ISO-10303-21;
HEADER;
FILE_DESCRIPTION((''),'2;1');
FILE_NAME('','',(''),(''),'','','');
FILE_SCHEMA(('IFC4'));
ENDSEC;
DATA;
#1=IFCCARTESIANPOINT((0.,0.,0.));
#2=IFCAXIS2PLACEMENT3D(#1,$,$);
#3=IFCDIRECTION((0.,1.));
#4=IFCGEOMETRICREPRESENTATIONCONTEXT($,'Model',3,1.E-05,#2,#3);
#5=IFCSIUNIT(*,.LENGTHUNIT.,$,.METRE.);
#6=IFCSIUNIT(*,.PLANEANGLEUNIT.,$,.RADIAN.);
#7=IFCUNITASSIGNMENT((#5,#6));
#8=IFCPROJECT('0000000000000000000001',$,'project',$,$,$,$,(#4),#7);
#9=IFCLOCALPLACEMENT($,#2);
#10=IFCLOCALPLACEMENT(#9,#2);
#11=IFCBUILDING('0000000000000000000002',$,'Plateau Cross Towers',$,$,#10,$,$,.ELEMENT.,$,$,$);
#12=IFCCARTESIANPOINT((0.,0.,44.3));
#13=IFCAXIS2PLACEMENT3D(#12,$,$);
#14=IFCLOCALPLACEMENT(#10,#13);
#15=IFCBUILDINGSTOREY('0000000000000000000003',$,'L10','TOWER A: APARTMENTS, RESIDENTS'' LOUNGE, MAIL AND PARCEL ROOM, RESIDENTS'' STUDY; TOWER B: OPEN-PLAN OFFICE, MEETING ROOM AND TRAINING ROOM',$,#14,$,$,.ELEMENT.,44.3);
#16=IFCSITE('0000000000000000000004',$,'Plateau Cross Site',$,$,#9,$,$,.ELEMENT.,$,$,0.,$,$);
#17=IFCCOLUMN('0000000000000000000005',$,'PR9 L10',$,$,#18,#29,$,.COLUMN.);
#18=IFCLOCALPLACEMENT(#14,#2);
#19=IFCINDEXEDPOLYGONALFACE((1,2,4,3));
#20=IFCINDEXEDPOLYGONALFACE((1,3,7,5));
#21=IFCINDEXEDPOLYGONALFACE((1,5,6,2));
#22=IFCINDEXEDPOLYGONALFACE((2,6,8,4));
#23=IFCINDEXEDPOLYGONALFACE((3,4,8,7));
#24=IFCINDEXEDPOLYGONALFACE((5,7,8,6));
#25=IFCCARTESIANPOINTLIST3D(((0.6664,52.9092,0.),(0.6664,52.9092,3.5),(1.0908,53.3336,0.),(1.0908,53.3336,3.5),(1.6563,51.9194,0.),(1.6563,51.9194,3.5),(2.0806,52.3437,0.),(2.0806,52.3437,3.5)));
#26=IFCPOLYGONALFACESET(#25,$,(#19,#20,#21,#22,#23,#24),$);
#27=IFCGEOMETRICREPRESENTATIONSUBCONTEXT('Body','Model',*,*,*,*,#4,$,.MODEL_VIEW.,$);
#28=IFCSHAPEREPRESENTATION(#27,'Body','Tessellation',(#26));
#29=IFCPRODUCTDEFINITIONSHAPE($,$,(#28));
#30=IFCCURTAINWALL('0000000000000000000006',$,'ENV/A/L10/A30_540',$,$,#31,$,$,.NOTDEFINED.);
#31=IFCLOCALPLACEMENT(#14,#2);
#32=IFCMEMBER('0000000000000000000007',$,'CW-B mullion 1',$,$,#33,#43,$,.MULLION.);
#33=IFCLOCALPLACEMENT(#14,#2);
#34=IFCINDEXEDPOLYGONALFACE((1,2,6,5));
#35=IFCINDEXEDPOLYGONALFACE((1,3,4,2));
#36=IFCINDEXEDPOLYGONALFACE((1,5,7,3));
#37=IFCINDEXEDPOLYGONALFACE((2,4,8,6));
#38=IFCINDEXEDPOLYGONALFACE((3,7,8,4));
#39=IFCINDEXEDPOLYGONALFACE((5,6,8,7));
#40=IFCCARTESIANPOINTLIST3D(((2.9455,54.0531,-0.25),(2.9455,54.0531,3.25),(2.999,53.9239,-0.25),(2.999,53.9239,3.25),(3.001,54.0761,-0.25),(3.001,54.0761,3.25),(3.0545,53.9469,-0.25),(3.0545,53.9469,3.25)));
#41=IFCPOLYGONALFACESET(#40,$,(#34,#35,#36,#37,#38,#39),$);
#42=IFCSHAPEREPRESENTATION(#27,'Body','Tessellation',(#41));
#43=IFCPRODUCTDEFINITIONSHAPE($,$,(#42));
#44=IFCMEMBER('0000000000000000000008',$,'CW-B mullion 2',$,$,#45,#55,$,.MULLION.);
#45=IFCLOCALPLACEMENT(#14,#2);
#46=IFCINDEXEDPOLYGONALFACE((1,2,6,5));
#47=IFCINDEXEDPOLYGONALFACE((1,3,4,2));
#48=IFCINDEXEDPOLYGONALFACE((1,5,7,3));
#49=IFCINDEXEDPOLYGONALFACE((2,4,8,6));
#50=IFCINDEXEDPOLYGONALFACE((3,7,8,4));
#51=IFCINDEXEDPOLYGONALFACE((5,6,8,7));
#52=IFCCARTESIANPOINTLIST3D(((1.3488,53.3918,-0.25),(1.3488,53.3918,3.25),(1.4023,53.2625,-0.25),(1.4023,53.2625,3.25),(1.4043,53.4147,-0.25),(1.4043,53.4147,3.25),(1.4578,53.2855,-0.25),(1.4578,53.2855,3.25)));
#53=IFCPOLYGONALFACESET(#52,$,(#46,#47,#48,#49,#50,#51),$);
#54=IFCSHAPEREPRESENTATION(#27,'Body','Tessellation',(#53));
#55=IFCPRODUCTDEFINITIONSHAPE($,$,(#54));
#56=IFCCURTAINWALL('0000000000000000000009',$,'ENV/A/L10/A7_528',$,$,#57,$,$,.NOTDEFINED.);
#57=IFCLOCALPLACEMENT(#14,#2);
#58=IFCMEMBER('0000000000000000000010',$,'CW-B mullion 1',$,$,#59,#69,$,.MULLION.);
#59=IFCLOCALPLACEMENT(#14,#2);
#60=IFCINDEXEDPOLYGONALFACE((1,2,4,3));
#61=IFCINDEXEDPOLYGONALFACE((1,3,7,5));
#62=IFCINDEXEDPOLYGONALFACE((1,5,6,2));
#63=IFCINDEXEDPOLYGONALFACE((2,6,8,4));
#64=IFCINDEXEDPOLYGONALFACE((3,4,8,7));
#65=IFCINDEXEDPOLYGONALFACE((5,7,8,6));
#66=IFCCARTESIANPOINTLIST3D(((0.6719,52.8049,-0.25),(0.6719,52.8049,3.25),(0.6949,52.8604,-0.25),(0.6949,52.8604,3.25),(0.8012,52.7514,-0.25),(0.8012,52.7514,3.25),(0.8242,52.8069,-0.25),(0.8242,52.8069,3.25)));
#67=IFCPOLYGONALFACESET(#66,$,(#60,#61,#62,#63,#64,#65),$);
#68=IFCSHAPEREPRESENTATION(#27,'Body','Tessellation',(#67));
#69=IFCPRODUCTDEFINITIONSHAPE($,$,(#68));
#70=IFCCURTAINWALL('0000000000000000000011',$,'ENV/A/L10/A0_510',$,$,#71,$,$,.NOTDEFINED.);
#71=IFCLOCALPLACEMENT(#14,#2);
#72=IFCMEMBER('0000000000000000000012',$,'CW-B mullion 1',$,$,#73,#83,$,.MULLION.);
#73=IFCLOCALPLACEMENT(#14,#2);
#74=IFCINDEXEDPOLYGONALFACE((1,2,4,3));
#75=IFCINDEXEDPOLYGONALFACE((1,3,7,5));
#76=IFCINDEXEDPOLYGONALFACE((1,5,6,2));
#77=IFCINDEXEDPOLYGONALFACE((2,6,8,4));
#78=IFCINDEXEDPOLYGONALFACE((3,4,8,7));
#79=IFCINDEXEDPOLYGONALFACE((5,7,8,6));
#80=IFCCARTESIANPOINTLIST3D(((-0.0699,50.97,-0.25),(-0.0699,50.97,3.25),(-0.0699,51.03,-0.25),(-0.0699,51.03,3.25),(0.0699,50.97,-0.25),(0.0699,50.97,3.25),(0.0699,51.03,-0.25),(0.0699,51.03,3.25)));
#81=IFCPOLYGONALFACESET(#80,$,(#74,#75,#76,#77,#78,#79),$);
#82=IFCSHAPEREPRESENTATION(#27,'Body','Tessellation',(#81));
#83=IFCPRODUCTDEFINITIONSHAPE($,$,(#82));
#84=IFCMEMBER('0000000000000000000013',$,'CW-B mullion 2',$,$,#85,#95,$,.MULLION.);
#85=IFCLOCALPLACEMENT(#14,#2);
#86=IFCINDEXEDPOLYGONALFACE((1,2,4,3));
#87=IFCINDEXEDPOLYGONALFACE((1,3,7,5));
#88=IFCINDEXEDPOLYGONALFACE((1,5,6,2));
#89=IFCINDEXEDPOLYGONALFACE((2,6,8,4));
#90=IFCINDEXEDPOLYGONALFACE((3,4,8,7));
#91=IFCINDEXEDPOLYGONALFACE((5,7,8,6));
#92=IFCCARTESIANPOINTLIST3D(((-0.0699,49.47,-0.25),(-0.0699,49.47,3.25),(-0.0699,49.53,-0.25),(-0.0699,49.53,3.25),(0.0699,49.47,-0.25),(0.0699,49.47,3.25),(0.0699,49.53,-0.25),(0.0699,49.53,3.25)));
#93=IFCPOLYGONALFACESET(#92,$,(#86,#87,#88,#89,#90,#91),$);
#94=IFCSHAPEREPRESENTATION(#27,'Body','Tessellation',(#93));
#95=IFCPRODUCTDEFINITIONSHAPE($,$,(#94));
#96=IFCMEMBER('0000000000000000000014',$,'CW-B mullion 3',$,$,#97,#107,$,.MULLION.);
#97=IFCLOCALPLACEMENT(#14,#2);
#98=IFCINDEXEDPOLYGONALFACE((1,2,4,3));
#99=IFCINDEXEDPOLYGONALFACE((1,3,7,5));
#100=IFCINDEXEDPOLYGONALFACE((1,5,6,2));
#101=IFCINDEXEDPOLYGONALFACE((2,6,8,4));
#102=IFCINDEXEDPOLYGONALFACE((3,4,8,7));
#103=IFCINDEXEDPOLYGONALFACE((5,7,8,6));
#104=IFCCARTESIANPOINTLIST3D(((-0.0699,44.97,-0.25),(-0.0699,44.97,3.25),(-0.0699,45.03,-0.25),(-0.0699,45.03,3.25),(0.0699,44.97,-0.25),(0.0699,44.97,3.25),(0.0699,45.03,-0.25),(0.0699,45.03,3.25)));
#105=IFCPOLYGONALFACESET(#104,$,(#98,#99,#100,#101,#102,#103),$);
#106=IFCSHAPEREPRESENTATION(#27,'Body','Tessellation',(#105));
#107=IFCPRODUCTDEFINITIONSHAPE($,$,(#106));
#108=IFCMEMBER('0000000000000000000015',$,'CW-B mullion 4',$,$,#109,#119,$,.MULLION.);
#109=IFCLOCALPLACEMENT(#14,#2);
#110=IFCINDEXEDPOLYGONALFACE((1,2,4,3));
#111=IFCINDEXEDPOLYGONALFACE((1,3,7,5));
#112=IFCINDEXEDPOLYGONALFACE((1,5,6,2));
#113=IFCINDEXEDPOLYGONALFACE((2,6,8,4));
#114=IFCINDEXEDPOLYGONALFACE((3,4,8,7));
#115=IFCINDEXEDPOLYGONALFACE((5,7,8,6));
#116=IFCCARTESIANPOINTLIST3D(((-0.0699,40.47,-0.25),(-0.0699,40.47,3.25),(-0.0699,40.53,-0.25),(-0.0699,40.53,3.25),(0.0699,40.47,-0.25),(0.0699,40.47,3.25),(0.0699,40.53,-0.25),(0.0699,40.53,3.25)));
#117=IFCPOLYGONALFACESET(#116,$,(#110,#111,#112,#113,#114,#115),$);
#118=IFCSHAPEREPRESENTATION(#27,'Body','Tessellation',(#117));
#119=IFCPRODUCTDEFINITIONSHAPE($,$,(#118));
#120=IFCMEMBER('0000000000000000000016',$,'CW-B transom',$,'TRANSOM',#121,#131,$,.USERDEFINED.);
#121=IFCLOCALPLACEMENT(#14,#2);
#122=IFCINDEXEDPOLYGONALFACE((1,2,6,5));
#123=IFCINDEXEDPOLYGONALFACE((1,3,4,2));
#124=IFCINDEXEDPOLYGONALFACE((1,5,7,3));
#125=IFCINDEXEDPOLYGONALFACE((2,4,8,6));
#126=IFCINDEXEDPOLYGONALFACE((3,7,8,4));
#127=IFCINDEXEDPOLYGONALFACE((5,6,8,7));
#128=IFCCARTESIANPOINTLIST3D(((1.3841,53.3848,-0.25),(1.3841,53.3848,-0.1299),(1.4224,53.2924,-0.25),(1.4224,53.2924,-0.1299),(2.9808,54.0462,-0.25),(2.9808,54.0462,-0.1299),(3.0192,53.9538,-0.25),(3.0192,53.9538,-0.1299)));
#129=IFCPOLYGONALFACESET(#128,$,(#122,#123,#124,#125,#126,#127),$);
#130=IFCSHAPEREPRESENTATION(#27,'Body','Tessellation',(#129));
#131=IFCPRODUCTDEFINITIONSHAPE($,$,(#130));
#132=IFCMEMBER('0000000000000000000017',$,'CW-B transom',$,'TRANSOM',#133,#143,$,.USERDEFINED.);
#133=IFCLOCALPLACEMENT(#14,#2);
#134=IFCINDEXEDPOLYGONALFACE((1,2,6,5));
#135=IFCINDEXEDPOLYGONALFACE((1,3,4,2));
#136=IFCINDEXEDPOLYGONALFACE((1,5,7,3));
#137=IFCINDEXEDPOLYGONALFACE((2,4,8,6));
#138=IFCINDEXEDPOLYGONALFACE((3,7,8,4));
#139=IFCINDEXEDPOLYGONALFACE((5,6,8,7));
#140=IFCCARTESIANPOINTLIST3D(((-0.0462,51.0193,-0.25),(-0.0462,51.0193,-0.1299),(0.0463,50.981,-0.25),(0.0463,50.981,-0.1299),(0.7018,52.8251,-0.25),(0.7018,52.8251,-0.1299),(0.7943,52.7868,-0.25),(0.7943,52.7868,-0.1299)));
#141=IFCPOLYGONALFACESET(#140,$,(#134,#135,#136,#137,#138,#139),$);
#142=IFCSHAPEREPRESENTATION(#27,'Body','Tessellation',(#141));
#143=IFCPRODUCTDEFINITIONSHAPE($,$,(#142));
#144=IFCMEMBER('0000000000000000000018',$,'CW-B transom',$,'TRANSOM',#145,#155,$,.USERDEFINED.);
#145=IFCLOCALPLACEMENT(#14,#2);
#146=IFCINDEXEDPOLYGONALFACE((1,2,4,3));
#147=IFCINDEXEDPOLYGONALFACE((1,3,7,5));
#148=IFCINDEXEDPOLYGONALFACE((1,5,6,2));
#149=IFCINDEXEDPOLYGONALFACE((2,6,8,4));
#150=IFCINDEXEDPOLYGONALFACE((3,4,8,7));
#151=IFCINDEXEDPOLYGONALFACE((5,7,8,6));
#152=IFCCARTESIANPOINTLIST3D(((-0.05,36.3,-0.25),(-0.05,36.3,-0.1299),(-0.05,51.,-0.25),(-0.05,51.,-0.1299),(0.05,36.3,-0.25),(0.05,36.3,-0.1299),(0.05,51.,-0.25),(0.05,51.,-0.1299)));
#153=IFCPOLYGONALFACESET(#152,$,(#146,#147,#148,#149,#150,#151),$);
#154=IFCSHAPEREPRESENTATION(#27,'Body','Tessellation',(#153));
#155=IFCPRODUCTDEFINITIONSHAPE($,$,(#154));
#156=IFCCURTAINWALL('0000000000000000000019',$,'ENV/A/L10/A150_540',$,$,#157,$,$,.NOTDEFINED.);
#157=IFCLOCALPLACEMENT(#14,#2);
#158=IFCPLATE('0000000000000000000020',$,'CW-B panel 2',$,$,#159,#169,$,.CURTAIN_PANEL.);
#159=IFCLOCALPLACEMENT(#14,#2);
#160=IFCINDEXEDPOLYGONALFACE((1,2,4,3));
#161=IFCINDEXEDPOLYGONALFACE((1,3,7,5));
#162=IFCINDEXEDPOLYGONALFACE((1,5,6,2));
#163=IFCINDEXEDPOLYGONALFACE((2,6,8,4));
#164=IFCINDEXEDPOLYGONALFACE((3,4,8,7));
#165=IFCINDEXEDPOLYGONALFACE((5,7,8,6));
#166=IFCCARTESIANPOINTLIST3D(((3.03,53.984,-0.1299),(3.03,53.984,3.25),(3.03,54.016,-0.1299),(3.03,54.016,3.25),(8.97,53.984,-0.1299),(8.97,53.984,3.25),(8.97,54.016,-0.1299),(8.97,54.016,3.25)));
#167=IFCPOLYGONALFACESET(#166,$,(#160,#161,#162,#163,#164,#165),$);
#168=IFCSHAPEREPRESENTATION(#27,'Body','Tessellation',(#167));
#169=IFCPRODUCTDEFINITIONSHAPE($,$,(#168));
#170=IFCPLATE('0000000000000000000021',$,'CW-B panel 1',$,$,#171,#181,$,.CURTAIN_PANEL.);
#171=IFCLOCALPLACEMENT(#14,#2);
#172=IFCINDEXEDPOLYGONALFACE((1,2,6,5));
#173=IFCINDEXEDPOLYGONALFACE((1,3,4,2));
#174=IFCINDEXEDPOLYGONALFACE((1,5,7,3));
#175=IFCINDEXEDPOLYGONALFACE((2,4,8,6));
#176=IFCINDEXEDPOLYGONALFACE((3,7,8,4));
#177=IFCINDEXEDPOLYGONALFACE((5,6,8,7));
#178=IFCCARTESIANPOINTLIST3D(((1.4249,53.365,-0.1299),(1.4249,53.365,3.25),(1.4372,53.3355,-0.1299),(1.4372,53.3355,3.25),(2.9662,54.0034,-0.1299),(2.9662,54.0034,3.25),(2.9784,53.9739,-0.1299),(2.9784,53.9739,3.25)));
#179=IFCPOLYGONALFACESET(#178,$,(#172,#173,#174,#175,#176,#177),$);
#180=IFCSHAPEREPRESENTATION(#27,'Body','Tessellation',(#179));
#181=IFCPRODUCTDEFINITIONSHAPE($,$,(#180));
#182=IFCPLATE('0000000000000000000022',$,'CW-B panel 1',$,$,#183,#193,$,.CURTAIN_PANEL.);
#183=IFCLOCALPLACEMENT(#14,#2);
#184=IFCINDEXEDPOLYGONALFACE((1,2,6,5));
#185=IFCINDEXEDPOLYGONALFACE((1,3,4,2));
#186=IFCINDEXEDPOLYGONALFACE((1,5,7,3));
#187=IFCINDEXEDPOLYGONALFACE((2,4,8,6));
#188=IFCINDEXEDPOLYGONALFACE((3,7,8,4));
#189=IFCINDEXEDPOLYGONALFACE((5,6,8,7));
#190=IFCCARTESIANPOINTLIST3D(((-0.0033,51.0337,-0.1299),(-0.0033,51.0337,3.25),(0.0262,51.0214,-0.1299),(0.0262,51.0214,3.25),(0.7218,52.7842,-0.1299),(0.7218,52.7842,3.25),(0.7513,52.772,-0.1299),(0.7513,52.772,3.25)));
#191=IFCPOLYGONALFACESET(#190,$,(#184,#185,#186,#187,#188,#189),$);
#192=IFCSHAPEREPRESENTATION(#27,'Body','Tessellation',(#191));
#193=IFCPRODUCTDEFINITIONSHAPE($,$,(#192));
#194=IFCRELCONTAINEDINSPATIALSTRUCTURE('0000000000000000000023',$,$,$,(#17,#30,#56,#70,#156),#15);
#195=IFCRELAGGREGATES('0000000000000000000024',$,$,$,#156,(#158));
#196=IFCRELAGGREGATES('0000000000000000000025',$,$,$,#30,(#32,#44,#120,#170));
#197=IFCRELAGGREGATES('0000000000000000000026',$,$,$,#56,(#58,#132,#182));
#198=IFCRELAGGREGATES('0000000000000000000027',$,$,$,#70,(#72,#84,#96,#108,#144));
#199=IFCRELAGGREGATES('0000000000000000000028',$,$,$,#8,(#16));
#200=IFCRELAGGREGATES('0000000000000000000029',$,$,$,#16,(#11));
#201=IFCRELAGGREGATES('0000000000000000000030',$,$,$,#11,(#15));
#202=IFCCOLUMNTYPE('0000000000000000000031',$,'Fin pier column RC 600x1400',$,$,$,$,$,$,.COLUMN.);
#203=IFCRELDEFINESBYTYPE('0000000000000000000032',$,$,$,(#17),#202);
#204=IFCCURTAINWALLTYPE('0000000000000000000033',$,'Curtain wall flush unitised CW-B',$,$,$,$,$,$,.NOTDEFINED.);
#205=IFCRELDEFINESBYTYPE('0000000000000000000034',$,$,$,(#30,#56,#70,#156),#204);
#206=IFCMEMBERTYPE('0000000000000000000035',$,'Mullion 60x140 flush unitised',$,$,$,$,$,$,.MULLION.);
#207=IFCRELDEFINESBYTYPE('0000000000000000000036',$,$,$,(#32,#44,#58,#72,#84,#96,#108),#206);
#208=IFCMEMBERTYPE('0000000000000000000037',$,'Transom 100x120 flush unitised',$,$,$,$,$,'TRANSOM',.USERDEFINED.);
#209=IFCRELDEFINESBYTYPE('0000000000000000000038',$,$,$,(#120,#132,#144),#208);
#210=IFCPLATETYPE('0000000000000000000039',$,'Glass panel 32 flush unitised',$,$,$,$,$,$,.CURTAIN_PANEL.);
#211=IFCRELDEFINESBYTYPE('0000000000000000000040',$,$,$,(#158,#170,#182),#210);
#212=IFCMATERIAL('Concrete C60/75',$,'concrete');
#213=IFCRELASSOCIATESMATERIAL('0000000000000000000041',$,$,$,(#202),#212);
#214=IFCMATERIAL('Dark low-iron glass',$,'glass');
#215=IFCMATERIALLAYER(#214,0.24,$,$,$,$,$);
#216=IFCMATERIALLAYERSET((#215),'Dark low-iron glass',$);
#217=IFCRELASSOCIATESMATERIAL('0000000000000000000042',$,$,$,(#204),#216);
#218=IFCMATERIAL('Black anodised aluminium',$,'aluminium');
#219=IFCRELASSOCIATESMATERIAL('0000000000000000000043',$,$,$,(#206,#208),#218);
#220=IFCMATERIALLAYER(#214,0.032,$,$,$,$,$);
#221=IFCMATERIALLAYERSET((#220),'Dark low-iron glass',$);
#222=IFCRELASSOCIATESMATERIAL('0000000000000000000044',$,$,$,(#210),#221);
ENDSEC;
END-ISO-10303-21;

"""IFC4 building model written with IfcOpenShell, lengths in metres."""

from ifc_helpers import new_model, si_unit, direction, frame, origin, origin_2d, place, context, subcontext, project, spatial, rectangle, extrude, material, layer, layer_set, material_profile, profile_set, type_object, element, aggregate, save


model = new_model("IFC4")

# Units and contexts
model_context = context("Model", 3, precision=1e-05, world=origin(), true_north=direction((0.0, 1.0)))
body_context = subcontext(model_context, "Body", "Model", "MODEL_VIEW")
ifc_project = project(units=[si_unit("LENGTHUNIT", "METRE"), si_unit("PLANEANGLEUNIT", "RADIAN")], contexts=[model_context])

# Site, building, storey
site_placement = place(None, origin())
site = spatial("IfcSite", under=ifc_project, at=site_placement, Name="Plateau Cross Site", CompositionType="ELEMENT", RefElevation=0.0)
building_placement = place(site_placement, origin())
building = spatial("IfcBuilding", under=site, at=building_placement, Name="Plateau Cross Towers", CompositionType="ELEMENT")
storey_placement = place(building_placement, frame((0.0, 0.0, 44.3)))
storey = spatial("IfcBuildingStorey", under=building, at=storey_placement, Name="L10", Description="TOWER A: APARTMENTS, RESIDENTS' LOUNGE, MAIL AND PARCEL ROOM, RESIDENTS' STUDY; TOWER B: OPEN-PLAN OFFICE, MEETING ROOM AND TRAINING ROOM", CompositionType="ELEMENT", Elevation=44.3)

# Column
ifc_material_1 = material(Name="Concrete C60/75", Category="concrete")
ifc_material_profile_1 = material_profile(ifc_material_1, rectangle(XDim=0.6001, YDim=1.3999, at=origin_2d()), Name="RC 600x1400")
ifc_profile_set_1 = profile_set([ifc_material_profile_1], Name="Concrete C60/75")
column_type = type_object("IfcColumnType", Name="Fin pier column RC 600x1400", PredefinedType="COLUMN", material=ifc_profile_set_1)
column_placement = place(storey_placement, frame((1.3735, 52.6265, 0.0), z_axis=(0.0, 0.0, 1.0), x_axis=(0.707107, 0.707107, 0.0)))
element("IfcColumn", 1, at=column_placement, inside=storey, type_object=column_type, Name="PR9 L10", PredefinedType="COLUMN", context=body_context, shape_type="SweptSolid", body=[
    extrude(rectangle(XDim=0.6001, YDim=1.3999, at=origin_2d()), origin(), (0.0, 0.0, 1.0), 3.5),
])

# Curtain wall, members
ifc_material_2 = material(Name="Dark low-iron glass", Category="glass")
ifc_layer_1 = layer(ifc_material_2, 0.24)
ifc_layer_set_1 = layer_set([ifc_layer_1], Name="Dark low-iron glass")
curtain_wall_type = type_object("IfcCurtainWallType", Name="Curtain wall flush unitised CW-B", PredefinedType="NOTDEFINED", material=ifc_layer_set_1)
curtain_wall_1_placement = place(storey_placement, origin())
curtain_wall_1 = element("IfcCurtainWall", 2, at=curtain_wall_1_placement, inside=storey, type_object=curtain_wall_type, Name="ENV/A/L10/A30_540", PredefinedType="NOTDEFINED")
ifc_material_3 = material(Name="Black anodised aluminium", Category="aluminium")
ifc_material_profile_2 = material_profile(ifc_material_3, rectangle(XDim=0.0601, YDim=0.1399, at=origin_2d()), Name="MULLION 60x140")
ifc_profile_set_2 = profile_set([ifc_material_profile_2], Name="Black anodised aluminium")
member_type_1 = type_object("IfcMemberType", Name="Mullion 60x140 flush unitised", PredefinedType="MULLION", material=ifc_profile_set_2)
member_1_placement = place(storey_placement, frame((3.0, 54.0, -0.25), z_axis=(0.0, 0.0, 1.0), x_axis=(-0.923879, -0.382684, 0.0)))
member_1 = element("IfcMember", 3, at=member_1_placement, type_object=member_type_1, Name="CW-B mullion 1", PredefinedType="MULLION", context=body_context, shape_type="SweptSolid", body=[
    extrude(rectangle(XDim=0.0601, YDim=0.1399, at=origin_2d()), origin(), (0.0, 0.0, 1.0), 3.5),
])
member_2_placement = place(storey_placement, frame((1.4033, 53.3386, -0.25), z_axis=(0.0, 0.0, 1.0), x_axis=(-0.923879, -0.382684, 0.0)))
member_2 = element("IfcMember", 4, at=member_2_placement, type_object=member_type_1, Name="CW-B mullion 2", PredefinedType="MULLION", context=body_context, shape_type="SweptSolid", body=[
    extrude(rectangle(XDim=0.0601, YDim=0.1399, at=origin_2d()), origin(), (0.0, 0.0, 1.0), 3.5),
])

# Curtain wall, member
curtain_wall_2_placement = place(storey_placement, origin())
curtain_wall_2 = element("IfcCurtainWall", 5, at=curtain_wall_2_placement, inside=storey, type_object=curtain_wall_type, Name="ENV/A/L10/A7_528", PredefinedType="NOTDEFINED")
member_3_placement = place(storey_placement, frame((0.748, 52.8059, -0.25), z_axis=(0.0, 0.0, 1.0), x_axis=(-0.382684, -0.923879, 0.0)))
member_3 = element("IfcMember", 6, at=member_3_placement, type_object=member_type_1, Name="CW-B mullion 1", PredefinedType="MULLION", context=body_context, shape_type="SweptSolid", body=[
    extrude(rectangle(XDim=0.0601, YDim=0.1399, at=origin_2d()), origin(), (0.0, 0.0, 1.0), 3.5),
])

# Curtain wall, members
curtain_wall_3_placement = place(storey_placement, origin())
curtain_wall_3 = element("IfcCurtainWall", 7, at=curtain_wall_3_placement, inside=storey, type_object=curtain_wall_type, Name="ENV/A/L10/A0_510", PredefinedType="NOTDEFINED")
member_4_placement = place(storey_placement, frame((0.0, 51.0, -0.25), z_axis=(0.0, 0.0, 1.0), x_axis=(0.0, -1.0, 0.0)))
member_4 = element("IfcMember", 8, at=member_4_placement, type_object=member_type_1, Name="CW-B mullion 1", PredefinedType="MULLION", context=body_context, shape_type="SweptSolid", body=[
    extrude(rectangle(XDim=0.0601, YDim=0.1399, at=origin_2d()), origin(), (0.0, 0.0, 1.0), 3.5),
])
member_5_placement = place(storey_placement, frame((0.0, 49.5, -0.25), z_axis=(0.0, 0.0, 1.0), x_axis=(0.0, -1.0, 0.0)))
member_5 = element("IfcMember", 9, at=member_5_placement, type_object=member_type_1, Name="CW-B mullion 2", PredefinedType="MULLION", context=body_context, shape_type="SweptSolid", body=[
    extrude(rectangle(XDim=0.0601, YDim=0.1399, at=origin_2d()), origin(), (0.0, 0.0, 1.0), 3.5),
])
member_6_placement = place(storey_placement, frame((0.0, 45.0, -0.25), z_axis=(0.0, 0.0, 1.0), x_axis=(0.0, -1.0, 0.0)))
member_6 = element("IfcMember", 10, at=member_6_placement, type_object=member_type_1, Name="CW-B mullion 3", PredefinedType="MULLION", context=body_context, shape_type="SweptSolid", body=[
    extrude(rectangle(XDim=0.0601, YDim=0.1399, at=origin_2d()), origin(), (0.0, 0.0, 1.0), 3.5),
])
member_7_placement = place(storey_placement, frame((0.0, 40.5, -0.25), z_axis=(0.0, 0.0, 1.0), x_axis=(0.0, -1.0, 0.0)))
member_7 = element("IfcMember", 11, at=member_7_placement, type_object=member_type_1, Name="CW-B mullion 4", PredefinedType="MULLION", context=body_context, shape_type="SweptSolid", body=[
    extrude(rectangle(XDim=0.0601, YDim=0.1399, at=origin_2d()), origin(), (0.0, 0.0, 1.0), 3.5),
])

# Members
ifc_material_profile_3 = material_profile(ifc_material_3, rectangle(XDim=0.1001, YDim=0.1201, at=origin_2d()), Name="TRANSOM 100x120")
ifc_profile_set_3 = profile_set([ifc_material_profile_3], Name="Black anodised aluminium")
member_type_2 = type_object("IfcMemberType", Name="Transom 100x120 flush unitised", ElementType="TRANSOM", PredefinedType="USERDEFINED", material=ifc_profile_set_3)
member_8_placement = place(storey_placement, frame((3.0, 54.0, -0.1899), z_axis=(-0.923877, -0.382689, 0.0), x_axis=(0.382689, -0.923877, 0.0)))
member_8 = element("IfcMember", 12, at=member_8_placement, type_object=member_type_2, Name="CW-B transom", ObjectType="TRANSOM", PredefinedType="USERDEFINED", context=body_context, shape_type="SweptSolid", body=[
    extrude(rectangle(XDim=0.1001, YDim=0.1201, at=origin_2d()), origin(), (0.0, 0.0, 1.0), 1.7283),
])
member_9_placement = place(storey_placement, frame((0.748, 52.8059, -0.1899), z_axis=(-0.38269, -0.923877, 0.0), x_axis=(0.923877, -0.38269, 0.0)))
member_9 = element("IfcMember", 13, at=member_9_placement, type_object=member_type_2, Name="CW-B transom", ObjectType="TRANSOM", PredefinedType="USERDEFINED", context=body_context, shape_type="SweptSolid", body=[
    extrude(rectangle(XDim=0.1001, YDim=0.1201, at=origin_2d()), origin(), (0.0, 0.0, 1.0), 1.9546),
])
member_10_placement = place(storey_placement, frame((0.0, 51.0, -0.1899), z_axis=(0.0, -1.0, 0.0), x_axis=(1.0, 0.0, 0.0)))
member_10 = element("IfcMember", 14, at=member_10_placement, type_object=member_type_2, Name="CW-B transom", ObjectType="TRANSOM", PredefinedType="USERDEFINED", context=body_context, shape_type="SweptSolid", body=[
    extrude(rectangle(XDim=0.1001, YDim=0.1201, at=origin_2d()), origin(), (0.0, 0.0, 1.0), 14.7),
])

# Curtain wall, plate
curtain_wall_4_placement = place(storey_placement, origin())
curtain_wall_4 = element("IfcCurtainWall", 15, at=curtain_wall_4_placement, inside=storey, type_object=curtain_wall_type, Name="ENV/A/L10/A150_540", PredefinedType="NOTDEFINED")
ifc_layer_2 = layer(ifc_material_2, 0.032)
ifc_layer_set_2 = layer_set([ifc_layer_2], Name="Dark low-iron glass")
plate_type = type_object("IfcPlateType", Name="Glass panel 32 flush unitised", PredefinedType="CURTAIN_PANEL", material=ifc_layer_set_2)
plate_1_placement = place(storey_placement, frame((6.0, 54.0, -0.1299), z_axis=(0.0, 0.0, 1.0), x_axis=(-1.0, 0.0, 0.0)))
plate_1 = element("IfcPlate", 16, at=plate_1_placement, type_object=plate_type, Name="CW-B panel 2", PredefinedType="CURTAIN_PANEL", context=body_context, shape_type="SweptSolid", body=[
    extrude(rectangle(XDim=5.9399, YDim=0.032, at=origin_2d()), origin(), (0.0, 0.0, 1.0), 3.3799),
])
aggregate(curtain_wall_4, [plate_1])

# Plates
plate_2_placement = place(storey_placement, frame((2.2017, 53.6694, -0.1299), z_axis=(0.0, 0.0, 1.0), x_axis=(-0.923879, -0.382684, 0.0)))
plate_2 = element("IfcPlate", 17, at=plate_2_placement, type_object=plate_type, Name="CW-B panel 1", PredefinedType="CURTAIN_PANEL", context=body_context, shape_type="SweptSolid", body=[
    extrude(rectangle(XDim=1.6682, YDim=0.032, at=origin_2d()), origin(), (0.0, 0.0, 1.0), 3.3799),
])
aggregate(curtain_wall_1, [member_1, member_2, member_8, plate_2])
plate_3_placement = place(storey_placement, frame((0.374, 51.9028, -0.1299), z_axis=(0.0, 0.0, 1.0), x_axis=(-0.382684, -0.923879, 0.0)))
plate_3 = element("IfcPlate", 18, at=plate_3_placement, type_object=plate_type, Name="CW-B panel 1", PredefinedType="CURTAIN_PANEL", context=body_context, shape_type="SweptSolid", body=[
    extrude(rectangle(XDim=1.8948, YDim=0.032, at=origin_2d()), origin(), (0.0, 0.0, 1.0), 3.3799),
])
aggregate(curtain_wall_2, [member_3, member_9, plate_3])
aggregate(curtain_wall_3, [member_4, member_5, member_6, member_7, member_10])

save(model, "model.ifc")
